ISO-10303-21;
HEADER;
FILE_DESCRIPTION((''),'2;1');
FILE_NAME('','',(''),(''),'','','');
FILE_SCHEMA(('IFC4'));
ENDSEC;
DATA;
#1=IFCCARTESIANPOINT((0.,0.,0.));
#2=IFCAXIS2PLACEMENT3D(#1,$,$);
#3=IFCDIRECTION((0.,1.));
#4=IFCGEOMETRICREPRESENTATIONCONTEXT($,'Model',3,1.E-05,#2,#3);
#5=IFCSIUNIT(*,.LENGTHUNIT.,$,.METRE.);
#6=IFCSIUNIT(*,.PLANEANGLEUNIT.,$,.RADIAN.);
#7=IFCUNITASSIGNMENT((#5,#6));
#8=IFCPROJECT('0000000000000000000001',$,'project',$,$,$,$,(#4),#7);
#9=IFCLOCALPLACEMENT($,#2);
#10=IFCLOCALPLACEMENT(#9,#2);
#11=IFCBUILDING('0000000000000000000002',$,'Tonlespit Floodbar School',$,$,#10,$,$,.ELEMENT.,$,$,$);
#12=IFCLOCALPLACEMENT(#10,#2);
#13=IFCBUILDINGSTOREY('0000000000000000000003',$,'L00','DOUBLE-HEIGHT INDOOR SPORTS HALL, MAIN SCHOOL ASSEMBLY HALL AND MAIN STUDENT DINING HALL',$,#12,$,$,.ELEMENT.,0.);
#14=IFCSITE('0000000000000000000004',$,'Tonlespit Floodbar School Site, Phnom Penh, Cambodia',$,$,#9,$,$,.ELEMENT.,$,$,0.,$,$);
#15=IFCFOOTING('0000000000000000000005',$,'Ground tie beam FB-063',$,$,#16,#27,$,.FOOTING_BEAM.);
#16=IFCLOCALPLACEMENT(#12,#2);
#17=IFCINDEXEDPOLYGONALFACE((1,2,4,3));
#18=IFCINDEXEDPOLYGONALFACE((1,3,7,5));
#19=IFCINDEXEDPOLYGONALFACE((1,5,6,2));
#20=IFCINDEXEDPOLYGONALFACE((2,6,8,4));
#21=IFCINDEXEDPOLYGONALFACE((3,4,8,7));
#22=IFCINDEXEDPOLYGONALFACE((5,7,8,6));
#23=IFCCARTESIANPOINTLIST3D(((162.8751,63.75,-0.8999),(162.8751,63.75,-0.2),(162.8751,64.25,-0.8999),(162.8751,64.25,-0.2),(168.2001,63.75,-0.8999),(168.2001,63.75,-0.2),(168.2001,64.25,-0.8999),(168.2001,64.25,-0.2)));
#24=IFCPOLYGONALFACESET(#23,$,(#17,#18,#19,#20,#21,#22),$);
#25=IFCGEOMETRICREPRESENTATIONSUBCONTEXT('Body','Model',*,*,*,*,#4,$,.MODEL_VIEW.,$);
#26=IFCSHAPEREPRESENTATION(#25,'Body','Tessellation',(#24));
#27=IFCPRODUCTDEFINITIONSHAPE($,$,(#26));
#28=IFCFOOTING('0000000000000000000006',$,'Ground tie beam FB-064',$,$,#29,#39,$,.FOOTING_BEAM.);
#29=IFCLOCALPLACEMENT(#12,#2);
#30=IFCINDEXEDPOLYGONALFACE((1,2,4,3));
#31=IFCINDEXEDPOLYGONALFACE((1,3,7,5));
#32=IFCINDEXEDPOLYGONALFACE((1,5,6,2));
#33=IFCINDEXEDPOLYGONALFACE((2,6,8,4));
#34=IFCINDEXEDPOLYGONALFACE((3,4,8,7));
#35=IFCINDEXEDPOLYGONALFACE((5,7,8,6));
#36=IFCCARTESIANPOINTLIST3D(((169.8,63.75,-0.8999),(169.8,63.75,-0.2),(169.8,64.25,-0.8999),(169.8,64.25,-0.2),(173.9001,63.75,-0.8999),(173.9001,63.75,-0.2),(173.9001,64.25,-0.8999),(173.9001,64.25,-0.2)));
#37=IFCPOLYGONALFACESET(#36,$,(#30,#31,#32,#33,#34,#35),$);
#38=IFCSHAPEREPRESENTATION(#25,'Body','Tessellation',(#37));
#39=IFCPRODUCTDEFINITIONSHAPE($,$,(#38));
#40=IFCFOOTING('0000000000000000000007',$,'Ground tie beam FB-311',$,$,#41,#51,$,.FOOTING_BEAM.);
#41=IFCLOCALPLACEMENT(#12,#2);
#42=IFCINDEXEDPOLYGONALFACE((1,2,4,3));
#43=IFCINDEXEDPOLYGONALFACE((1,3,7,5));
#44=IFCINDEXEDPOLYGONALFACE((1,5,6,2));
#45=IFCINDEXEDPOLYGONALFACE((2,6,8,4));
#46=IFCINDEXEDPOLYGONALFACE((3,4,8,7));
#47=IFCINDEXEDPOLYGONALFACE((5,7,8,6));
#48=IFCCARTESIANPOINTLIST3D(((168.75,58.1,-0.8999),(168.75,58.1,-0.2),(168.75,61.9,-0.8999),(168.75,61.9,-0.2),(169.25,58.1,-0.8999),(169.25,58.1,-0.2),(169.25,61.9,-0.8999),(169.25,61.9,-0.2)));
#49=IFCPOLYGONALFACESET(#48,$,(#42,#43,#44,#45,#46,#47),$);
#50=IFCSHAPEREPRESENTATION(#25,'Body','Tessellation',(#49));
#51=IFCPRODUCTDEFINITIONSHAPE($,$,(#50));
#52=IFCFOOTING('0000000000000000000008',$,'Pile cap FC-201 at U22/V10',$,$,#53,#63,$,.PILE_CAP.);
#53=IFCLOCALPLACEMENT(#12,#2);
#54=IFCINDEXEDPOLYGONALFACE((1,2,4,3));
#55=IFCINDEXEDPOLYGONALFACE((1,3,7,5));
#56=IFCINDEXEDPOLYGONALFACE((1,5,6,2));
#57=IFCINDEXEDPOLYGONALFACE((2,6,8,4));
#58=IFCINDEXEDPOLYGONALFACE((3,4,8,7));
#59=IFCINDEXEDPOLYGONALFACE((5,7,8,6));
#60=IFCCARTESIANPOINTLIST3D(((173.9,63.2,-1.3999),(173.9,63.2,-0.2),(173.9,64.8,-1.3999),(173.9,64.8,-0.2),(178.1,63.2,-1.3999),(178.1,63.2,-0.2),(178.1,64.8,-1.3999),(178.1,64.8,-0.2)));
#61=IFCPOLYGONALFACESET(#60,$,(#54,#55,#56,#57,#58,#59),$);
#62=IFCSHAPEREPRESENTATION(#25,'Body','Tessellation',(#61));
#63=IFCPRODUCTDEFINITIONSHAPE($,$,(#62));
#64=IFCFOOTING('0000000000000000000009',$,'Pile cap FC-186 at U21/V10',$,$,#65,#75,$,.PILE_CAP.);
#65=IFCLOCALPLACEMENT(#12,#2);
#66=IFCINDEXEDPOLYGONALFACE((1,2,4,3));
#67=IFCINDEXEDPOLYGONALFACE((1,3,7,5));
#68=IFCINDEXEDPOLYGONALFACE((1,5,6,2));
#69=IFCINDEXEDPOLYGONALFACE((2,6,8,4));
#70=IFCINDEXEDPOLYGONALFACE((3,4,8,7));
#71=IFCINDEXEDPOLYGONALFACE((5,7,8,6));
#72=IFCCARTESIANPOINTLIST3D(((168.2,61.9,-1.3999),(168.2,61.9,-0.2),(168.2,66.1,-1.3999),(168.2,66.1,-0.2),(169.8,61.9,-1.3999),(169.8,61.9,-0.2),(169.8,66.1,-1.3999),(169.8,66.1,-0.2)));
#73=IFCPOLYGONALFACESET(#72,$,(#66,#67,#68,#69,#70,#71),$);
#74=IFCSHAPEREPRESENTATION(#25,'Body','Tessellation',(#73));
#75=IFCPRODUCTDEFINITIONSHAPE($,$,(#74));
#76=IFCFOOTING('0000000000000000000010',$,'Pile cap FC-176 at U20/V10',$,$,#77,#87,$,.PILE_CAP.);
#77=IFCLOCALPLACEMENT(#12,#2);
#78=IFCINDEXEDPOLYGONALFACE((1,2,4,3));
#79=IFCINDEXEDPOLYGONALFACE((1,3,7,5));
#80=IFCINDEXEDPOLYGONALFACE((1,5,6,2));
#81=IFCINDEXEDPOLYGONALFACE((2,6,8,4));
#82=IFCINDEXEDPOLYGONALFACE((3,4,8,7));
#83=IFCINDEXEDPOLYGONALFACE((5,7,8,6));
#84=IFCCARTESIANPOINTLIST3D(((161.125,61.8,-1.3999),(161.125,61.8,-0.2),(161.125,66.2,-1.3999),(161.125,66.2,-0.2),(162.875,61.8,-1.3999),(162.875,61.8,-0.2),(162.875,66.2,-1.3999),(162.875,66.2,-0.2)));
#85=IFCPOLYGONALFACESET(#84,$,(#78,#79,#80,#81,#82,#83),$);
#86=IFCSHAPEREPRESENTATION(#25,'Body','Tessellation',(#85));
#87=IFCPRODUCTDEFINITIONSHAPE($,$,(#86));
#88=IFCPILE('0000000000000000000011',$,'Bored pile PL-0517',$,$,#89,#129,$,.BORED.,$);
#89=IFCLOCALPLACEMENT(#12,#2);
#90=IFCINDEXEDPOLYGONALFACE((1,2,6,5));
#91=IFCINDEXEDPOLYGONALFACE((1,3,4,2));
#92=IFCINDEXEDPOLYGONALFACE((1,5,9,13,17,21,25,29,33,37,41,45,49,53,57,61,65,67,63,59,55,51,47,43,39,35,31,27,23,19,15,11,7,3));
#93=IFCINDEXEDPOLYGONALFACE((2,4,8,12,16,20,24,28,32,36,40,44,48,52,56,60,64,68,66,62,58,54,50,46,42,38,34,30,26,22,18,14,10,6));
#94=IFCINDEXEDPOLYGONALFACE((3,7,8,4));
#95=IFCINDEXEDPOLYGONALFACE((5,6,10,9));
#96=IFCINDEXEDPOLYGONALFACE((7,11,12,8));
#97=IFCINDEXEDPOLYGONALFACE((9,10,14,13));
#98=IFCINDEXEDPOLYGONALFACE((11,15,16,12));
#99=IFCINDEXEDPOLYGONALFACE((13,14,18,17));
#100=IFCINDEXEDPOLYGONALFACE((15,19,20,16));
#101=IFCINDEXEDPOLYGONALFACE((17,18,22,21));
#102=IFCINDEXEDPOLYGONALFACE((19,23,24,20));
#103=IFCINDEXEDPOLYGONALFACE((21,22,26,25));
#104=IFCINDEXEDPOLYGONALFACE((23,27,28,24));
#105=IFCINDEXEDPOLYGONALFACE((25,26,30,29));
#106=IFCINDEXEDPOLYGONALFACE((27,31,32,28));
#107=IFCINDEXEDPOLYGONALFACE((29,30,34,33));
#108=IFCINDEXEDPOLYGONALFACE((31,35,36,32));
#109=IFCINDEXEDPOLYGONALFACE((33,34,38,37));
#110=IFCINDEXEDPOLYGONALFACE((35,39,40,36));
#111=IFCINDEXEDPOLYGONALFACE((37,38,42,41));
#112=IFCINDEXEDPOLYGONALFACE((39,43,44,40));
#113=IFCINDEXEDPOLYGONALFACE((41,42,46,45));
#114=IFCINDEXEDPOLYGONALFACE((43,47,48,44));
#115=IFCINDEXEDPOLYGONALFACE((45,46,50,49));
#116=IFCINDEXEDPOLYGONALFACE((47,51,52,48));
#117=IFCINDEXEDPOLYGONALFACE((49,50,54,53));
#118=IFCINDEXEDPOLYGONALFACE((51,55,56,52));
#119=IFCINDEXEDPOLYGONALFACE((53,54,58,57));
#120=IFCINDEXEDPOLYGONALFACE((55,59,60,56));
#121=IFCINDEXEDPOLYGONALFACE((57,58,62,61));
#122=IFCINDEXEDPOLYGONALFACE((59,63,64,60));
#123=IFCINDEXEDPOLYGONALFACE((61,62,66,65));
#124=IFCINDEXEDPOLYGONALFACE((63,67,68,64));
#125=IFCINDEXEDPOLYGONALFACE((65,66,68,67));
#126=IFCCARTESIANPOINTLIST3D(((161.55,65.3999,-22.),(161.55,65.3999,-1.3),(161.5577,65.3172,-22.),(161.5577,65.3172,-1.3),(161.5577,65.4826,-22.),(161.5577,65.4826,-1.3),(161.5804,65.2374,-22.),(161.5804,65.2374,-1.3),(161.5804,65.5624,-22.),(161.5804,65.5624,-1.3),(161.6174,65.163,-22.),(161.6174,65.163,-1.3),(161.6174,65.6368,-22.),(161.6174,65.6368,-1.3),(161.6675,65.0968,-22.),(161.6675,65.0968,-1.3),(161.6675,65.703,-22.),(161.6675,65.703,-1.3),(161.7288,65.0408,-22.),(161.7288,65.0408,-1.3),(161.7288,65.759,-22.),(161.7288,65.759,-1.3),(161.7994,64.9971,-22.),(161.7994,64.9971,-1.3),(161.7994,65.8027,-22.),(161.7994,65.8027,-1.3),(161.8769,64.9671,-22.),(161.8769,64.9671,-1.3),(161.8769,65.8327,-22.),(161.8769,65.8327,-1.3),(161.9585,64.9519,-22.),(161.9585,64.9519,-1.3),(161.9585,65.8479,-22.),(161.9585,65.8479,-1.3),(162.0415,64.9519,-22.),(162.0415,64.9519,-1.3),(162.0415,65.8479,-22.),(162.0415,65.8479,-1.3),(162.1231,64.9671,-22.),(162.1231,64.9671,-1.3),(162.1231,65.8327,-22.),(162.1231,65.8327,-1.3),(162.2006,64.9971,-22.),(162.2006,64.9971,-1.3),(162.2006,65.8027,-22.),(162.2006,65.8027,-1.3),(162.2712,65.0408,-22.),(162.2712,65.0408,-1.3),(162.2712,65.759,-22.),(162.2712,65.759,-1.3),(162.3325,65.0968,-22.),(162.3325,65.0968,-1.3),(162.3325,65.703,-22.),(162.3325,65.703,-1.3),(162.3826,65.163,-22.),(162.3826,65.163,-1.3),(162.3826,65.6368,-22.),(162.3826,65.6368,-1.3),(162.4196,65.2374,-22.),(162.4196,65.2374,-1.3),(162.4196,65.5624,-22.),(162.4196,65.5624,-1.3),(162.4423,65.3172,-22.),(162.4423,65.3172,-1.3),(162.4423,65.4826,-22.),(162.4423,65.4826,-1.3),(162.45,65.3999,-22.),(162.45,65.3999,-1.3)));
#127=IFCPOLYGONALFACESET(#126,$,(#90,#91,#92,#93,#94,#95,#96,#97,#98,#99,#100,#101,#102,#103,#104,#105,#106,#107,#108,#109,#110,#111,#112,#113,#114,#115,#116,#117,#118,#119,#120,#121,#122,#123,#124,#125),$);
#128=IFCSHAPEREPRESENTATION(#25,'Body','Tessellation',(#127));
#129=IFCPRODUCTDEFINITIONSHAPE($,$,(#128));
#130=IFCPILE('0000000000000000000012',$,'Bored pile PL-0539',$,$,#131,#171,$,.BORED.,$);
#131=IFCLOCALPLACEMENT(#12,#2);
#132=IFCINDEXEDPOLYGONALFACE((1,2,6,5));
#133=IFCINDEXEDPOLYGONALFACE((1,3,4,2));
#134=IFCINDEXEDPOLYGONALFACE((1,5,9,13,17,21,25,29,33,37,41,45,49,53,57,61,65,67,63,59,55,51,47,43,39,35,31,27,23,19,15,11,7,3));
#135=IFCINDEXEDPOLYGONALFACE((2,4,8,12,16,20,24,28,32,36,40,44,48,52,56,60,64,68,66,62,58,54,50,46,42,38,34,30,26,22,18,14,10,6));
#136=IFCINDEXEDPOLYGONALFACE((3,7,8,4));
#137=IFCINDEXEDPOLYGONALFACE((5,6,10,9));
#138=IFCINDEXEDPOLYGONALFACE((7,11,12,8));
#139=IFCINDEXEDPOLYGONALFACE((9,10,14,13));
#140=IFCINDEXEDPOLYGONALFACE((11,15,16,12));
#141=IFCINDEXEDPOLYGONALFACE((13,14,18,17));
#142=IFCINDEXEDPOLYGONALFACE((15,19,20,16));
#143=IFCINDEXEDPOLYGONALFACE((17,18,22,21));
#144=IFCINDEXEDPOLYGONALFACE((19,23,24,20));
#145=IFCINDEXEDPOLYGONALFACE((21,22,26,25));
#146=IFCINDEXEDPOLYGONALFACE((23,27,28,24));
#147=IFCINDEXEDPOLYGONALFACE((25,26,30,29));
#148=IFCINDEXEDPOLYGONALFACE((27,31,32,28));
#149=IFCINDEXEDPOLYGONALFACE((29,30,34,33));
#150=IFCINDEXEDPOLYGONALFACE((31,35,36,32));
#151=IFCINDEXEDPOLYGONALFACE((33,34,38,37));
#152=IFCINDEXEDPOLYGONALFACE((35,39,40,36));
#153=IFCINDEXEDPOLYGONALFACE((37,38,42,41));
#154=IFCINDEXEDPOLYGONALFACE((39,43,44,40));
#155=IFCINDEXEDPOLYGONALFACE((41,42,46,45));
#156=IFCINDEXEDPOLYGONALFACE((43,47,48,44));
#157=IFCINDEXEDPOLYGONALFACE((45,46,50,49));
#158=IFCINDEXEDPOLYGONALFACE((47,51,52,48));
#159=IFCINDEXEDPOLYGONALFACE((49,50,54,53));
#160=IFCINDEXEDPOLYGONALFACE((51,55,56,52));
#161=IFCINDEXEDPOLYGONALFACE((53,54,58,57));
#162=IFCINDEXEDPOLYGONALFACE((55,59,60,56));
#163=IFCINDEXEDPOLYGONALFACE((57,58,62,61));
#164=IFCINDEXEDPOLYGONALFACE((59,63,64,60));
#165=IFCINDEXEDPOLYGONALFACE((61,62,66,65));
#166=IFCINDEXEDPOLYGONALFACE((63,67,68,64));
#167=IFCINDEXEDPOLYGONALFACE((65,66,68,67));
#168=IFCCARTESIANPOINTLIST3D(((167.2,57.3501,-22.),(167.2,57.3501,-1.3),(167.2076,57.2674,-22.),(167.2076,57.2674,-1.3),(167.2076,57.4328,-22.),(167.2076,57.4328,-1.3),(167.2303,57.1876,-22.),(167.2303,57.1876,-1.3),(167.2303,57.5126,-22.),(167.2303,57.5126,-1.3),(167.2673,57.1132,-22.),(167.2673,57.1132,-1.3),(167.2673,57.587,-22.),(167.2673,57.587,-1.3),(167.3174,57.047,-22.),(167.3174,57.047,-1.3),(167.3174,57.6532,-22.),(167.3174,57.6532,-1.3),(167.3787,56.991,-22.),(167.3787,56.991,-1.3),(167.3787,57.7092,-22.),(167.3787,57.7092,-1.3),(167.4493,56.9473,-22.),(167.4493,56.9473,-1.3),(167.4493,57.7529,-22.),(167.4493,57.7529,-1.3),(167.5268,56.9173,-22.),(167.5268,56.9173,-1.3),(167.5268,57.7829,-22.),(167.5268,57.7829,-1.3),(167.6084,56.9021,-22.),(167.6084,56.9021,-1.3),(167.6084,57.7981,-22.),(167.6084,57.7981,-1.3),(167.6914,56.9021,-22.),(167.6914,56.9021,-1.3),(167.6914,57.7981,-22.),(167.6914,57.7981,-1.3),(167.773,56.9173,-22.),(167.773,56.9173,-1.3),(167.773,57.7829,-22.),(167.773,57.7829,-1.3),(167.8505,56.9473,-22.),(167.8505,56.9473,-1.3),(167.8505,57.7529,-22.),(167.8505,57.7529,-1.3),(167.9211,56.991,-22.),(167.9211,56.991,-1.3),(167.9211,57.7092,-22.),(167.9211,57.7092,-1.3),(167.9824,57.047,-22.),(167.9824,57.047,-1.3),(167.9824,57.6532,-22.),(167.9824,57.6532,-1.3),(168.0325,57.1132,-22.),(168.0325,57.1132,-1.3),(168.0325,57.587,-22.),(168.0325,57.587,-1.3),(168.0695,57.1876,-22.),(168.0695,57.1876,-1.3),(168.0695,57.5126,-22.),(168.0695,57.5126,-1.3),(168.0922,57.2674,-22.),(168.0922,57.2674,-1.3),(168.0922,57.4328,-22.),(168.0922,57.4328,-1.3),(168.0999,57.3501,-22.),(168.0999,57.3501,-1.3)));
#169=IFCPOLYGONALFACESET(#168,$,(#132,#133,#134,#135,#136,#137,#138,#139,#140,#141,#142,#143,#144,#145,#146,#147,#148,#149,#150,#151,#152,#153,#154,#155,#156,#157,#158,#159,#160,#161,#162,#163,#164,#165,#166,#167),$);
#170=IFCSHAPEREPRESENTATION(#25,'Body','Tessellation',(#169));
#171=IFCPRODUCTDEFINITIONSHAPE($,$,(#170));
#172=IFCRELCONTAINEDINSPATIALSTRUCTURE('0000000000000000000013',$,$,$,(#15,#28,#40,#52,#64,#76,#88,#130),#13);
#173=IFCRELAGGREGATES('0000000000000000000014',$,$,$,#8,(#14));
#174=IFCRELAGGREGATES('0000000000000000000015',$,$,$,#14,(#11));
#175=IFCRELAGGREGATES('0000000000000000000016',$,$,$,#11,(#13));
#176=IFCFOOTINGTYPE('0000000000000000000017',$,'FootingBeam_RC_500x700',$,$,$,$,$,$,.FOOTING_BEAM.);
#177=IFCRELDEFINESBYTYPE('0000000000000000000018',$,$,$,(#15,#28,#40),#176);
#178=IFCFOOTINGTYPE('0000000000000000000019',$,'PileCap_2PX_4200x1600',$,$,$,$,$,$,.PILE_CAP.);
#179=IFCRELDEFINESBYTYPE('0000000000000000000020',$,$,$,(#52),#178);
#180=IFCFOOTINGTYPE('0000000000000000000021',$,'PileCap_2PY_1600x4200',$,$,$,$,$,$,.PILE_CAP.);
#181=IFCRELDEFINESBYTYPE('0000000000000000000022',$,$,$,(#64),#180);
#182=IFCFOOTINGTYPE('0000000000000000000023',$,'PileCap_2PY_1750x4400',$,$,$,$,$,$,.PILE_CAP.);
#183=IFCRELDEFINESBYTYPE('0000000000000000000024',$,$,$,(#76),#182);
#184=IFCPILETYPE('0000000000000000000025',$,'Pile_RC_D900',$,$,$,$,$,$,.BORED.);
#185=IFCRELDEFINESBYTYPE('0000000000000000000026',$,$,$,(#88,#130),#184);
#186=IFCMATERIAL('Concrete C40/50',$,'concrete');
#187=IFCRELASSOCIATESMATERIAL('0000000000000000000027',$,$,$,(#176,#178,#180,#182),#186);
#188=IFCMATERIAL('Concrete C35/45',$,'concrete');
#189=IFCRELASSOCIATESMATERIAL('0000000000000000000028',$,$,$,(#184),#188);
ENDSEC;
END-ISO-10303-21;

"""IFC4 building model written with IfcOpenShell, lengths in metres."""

from ifc_helpers import new_model, si_unit, direction, frame, origin, origin_2d, place, context, subcontext, project, spatial, rectangle, circle, extrude, material, material_profile, profile_set, type_object, element, save


model = new_model("IFC4")

# Units and contexts
model_context = context("Model", 3, precision=1e-05, world=origin(), true_north=direction((0.0, 1.0)))
body_context = subcontext(model_context, "Body", "Model", "MODEL_VIEW")
ifc_project = project(units=[si_unit("LENGTHUNIT", "METRE"), si_unit("PLANEANGLEUNIT", "RADIAN")], contexts=[model_context])

# Site, building, storey
site_placement = place(None, origin())
site = spatial("IfcSite", under=ifc_project, at=site_placement, Name="Tonlespit Floodbar School Site, Phnom Penh, Cambodia", CompositionType="ELEMENT", RefElevation=0.0)
building_placement = place(site_placement, origin())
building = spatial("IfcBuilding", under=site, at=building_placement, Name="Tonlespit Floodbar School", CompositionType="ELEMENT")
storey_placement = place(building_placement, origin())
storey = spatial("IfcBuildingStorey", under=building, at=storey_placement, Name="L00", Description="DOUBLE-HEIGHT INDOOR SPORTS HALL, MAIN SCHOOL ASSEMBLY HALL AND MAIN STUDENT DINING HALL", CompositionType="ELEMENT", Elevation=0.0)

# Footings
ifc_material_1 = material(Name="Concrete C40/50", Category="concrete")
footing_type_1 = type_object("IfcFootingType", Name="FootingBeam_RC_500x700", PredefinedType="FOOTING_BEAM", material=ifc_material_1)
footing_1_placement = place(storey_placement, frame((165.5376, 64.0, -0.8999), z_axis=(0.0, 0.0, 1.0), x_axis=(1.0, 0.0, 0.0)))
element("IfcFooting", 1, at=footing_1_placement, inside=storey, type_object=footing_type_1, Name="Ground tie beam FB-063", PredefinedType="FOOTING_BEAM", context=body_context, shape_type="SweptSolid", body=[
    extrude(rectangle(XDim=5.325, YDim=0.5, at=origin_2d()), origin(), (0.0, 0.0, 1.0), 0.7),
])
footing_2_placement = place(storey_placement, frame((171.8501, 64.0, -0.8999), z_axis=(0.0, 0.0, 1.0), x_axis=(1.0, 0.0, 0.0)))
element("IfcFooting", 2, at=footing_2_placement, inside=storey, type_object=footing_type_1, Name="Ground tie beam FB-064", PredefinedType="FOOTING_BEAM", context=body_context, shape_type="SweptSolid", body=[
    extrude(rectangle(XDim=4.1001, YDim=0.5, at=origin_2d()), origin(), (0.0, 0.0, 1.0), 0.7),
])
footing_3_placement = place(storey_placement, frame((169.0, 60.0, -0.8999), z_axis=(0.0, 0.0, 1.0), x_axis=(0.0, 1.0, 0.0)))
element("IfcFooting", 3, at=footing_3_placement, inside=storey, type_object=footing_type_1, Name="Ground tie beam FB-311", PredefinedType="FOOTING_BEAM", context=body_context, shape_type="SweptSolid", body=[
    extrude(rectangle(XDim=3.8, YDim=0.5, at=origin_2d()), origin(), (0.0, 0.0, 1.0), 0.7),
])
footing_type_2 = type_object("IfcFootingType", Name="PileCap_2PX_4200x1600", PredefinedType="PILE_CAP", material=ifc_material_1)
footing_4_placement = place(storey_placement, frame((176.0, 64.0, -1.3999), z_axis=(0.0, 0.0, 1.0), x_axis=(1.0, 0.0, 0.0)))
element("IfcFooting", 4, at=footing_4_placement, inside=storey, type_object=footing_type_2, Name="Pile cap FC-201 at U22/V10", PredefinedType="PILE_CAP", context=body_context, shape_type="SweptSolid", body=[
    extrude(rectangle(XDim=4.2, YDim=1.6001, at=origin_2d()), origin(), (0.0, 0.0, 1.0), 1.2),
])
footing_type_3 = type_object("IfcFootingType", Name="PileCap_2PY_1600x4200", PredefinedType="PILE_CAP", material=ifc_material_1)
footing_5_placement = place(storey_placement, frame((169.0, 64.0, -1.3999), z_axis=(0.0, 0.0, 1.0), x_axis=(1.0, 0.0, 0.0)))
element("IfcFooting", 5, at=footing_5_placement, inside=storey, type_object=footing_type_3, Name="Pile cap FC-186 at U21/V10", PredefinedType="PILE_CAP", context=body_context, shape_type="SweptSolid", body=[
    extrude(rectangle(XDim=1.6001, YDim=4.2, at=origin_2d()), origin(), (0.0, 0.0, 1.0), 1.2),
])
footing_type_4 = type_object("IfcFootingType", Name="PileCap_2PY_1750x4400", PredefinedType="PILE_CAP", material=ifc_material_1)
footing_6_placement = place(storey_placement, frame((162.0, 64.0, -1.3999), z_axis=(0.0, 0.0, 1.0), x_axis=(1.0, 0.0, 0.0)))
element("IfcFooting", 6, at=footing_6_placement, inside=storey, type_object=footing_type_4, Name="Pile cap FC-176 at U20/V10", PredefinedType="PILE_CAP", context=body_context, shape_type="SweptSolid", body=[
    extrude(rectangle(XDim=1.75, YDim=4.3999, at=origin_2d()), origin(), (0.0, 0.0, 1.0), 1.2),
])

# Piles
ifc_material_2 = material(Name="Concrete C35/45", Category="concrete")
ifc_material_profile_1 = material_profile(ifc_material_2, circle(Radius=0.45, at=origin_2d()), Name="BP D900")
ifc_profile_set_1 = profile_set([ifc_material_profile_1], Name="Concrete C35/45")
pile_type = type_object("IfcPileType", Name="Pile_RC_D900", PredefinedType="BORED", material=ifc_profile_set_1)
for number, where, z_axis, x_axis, name in (
    (7, (162.0, 65.3999, -1.3), (0.0, 0.0, -1.0), (1.0, 0.0, 0.0), "Bored pile PL-0517"),
    (8, (167.6499, 57.3501, -1.3), (0.0, 0.0, -1.0), (1.0, 0.0, 0.0), "Bored pile PL-0539"),
):
    element("IfcPile", number, at=place(storey_placement, frame(where, z_axis=z_axis, x_axis=x_axis)), inside=storey, type_object=pile_type, Name=name, PredefinedType="BORED", context=body_context, shape_type="SweptSolid", body=[
        extrude(circle(Radius=0.45, at=origin_2d()), origin(), (0.0, 0.0, 1.0), 20.7),
    ])

save(model, "model.ifc")
